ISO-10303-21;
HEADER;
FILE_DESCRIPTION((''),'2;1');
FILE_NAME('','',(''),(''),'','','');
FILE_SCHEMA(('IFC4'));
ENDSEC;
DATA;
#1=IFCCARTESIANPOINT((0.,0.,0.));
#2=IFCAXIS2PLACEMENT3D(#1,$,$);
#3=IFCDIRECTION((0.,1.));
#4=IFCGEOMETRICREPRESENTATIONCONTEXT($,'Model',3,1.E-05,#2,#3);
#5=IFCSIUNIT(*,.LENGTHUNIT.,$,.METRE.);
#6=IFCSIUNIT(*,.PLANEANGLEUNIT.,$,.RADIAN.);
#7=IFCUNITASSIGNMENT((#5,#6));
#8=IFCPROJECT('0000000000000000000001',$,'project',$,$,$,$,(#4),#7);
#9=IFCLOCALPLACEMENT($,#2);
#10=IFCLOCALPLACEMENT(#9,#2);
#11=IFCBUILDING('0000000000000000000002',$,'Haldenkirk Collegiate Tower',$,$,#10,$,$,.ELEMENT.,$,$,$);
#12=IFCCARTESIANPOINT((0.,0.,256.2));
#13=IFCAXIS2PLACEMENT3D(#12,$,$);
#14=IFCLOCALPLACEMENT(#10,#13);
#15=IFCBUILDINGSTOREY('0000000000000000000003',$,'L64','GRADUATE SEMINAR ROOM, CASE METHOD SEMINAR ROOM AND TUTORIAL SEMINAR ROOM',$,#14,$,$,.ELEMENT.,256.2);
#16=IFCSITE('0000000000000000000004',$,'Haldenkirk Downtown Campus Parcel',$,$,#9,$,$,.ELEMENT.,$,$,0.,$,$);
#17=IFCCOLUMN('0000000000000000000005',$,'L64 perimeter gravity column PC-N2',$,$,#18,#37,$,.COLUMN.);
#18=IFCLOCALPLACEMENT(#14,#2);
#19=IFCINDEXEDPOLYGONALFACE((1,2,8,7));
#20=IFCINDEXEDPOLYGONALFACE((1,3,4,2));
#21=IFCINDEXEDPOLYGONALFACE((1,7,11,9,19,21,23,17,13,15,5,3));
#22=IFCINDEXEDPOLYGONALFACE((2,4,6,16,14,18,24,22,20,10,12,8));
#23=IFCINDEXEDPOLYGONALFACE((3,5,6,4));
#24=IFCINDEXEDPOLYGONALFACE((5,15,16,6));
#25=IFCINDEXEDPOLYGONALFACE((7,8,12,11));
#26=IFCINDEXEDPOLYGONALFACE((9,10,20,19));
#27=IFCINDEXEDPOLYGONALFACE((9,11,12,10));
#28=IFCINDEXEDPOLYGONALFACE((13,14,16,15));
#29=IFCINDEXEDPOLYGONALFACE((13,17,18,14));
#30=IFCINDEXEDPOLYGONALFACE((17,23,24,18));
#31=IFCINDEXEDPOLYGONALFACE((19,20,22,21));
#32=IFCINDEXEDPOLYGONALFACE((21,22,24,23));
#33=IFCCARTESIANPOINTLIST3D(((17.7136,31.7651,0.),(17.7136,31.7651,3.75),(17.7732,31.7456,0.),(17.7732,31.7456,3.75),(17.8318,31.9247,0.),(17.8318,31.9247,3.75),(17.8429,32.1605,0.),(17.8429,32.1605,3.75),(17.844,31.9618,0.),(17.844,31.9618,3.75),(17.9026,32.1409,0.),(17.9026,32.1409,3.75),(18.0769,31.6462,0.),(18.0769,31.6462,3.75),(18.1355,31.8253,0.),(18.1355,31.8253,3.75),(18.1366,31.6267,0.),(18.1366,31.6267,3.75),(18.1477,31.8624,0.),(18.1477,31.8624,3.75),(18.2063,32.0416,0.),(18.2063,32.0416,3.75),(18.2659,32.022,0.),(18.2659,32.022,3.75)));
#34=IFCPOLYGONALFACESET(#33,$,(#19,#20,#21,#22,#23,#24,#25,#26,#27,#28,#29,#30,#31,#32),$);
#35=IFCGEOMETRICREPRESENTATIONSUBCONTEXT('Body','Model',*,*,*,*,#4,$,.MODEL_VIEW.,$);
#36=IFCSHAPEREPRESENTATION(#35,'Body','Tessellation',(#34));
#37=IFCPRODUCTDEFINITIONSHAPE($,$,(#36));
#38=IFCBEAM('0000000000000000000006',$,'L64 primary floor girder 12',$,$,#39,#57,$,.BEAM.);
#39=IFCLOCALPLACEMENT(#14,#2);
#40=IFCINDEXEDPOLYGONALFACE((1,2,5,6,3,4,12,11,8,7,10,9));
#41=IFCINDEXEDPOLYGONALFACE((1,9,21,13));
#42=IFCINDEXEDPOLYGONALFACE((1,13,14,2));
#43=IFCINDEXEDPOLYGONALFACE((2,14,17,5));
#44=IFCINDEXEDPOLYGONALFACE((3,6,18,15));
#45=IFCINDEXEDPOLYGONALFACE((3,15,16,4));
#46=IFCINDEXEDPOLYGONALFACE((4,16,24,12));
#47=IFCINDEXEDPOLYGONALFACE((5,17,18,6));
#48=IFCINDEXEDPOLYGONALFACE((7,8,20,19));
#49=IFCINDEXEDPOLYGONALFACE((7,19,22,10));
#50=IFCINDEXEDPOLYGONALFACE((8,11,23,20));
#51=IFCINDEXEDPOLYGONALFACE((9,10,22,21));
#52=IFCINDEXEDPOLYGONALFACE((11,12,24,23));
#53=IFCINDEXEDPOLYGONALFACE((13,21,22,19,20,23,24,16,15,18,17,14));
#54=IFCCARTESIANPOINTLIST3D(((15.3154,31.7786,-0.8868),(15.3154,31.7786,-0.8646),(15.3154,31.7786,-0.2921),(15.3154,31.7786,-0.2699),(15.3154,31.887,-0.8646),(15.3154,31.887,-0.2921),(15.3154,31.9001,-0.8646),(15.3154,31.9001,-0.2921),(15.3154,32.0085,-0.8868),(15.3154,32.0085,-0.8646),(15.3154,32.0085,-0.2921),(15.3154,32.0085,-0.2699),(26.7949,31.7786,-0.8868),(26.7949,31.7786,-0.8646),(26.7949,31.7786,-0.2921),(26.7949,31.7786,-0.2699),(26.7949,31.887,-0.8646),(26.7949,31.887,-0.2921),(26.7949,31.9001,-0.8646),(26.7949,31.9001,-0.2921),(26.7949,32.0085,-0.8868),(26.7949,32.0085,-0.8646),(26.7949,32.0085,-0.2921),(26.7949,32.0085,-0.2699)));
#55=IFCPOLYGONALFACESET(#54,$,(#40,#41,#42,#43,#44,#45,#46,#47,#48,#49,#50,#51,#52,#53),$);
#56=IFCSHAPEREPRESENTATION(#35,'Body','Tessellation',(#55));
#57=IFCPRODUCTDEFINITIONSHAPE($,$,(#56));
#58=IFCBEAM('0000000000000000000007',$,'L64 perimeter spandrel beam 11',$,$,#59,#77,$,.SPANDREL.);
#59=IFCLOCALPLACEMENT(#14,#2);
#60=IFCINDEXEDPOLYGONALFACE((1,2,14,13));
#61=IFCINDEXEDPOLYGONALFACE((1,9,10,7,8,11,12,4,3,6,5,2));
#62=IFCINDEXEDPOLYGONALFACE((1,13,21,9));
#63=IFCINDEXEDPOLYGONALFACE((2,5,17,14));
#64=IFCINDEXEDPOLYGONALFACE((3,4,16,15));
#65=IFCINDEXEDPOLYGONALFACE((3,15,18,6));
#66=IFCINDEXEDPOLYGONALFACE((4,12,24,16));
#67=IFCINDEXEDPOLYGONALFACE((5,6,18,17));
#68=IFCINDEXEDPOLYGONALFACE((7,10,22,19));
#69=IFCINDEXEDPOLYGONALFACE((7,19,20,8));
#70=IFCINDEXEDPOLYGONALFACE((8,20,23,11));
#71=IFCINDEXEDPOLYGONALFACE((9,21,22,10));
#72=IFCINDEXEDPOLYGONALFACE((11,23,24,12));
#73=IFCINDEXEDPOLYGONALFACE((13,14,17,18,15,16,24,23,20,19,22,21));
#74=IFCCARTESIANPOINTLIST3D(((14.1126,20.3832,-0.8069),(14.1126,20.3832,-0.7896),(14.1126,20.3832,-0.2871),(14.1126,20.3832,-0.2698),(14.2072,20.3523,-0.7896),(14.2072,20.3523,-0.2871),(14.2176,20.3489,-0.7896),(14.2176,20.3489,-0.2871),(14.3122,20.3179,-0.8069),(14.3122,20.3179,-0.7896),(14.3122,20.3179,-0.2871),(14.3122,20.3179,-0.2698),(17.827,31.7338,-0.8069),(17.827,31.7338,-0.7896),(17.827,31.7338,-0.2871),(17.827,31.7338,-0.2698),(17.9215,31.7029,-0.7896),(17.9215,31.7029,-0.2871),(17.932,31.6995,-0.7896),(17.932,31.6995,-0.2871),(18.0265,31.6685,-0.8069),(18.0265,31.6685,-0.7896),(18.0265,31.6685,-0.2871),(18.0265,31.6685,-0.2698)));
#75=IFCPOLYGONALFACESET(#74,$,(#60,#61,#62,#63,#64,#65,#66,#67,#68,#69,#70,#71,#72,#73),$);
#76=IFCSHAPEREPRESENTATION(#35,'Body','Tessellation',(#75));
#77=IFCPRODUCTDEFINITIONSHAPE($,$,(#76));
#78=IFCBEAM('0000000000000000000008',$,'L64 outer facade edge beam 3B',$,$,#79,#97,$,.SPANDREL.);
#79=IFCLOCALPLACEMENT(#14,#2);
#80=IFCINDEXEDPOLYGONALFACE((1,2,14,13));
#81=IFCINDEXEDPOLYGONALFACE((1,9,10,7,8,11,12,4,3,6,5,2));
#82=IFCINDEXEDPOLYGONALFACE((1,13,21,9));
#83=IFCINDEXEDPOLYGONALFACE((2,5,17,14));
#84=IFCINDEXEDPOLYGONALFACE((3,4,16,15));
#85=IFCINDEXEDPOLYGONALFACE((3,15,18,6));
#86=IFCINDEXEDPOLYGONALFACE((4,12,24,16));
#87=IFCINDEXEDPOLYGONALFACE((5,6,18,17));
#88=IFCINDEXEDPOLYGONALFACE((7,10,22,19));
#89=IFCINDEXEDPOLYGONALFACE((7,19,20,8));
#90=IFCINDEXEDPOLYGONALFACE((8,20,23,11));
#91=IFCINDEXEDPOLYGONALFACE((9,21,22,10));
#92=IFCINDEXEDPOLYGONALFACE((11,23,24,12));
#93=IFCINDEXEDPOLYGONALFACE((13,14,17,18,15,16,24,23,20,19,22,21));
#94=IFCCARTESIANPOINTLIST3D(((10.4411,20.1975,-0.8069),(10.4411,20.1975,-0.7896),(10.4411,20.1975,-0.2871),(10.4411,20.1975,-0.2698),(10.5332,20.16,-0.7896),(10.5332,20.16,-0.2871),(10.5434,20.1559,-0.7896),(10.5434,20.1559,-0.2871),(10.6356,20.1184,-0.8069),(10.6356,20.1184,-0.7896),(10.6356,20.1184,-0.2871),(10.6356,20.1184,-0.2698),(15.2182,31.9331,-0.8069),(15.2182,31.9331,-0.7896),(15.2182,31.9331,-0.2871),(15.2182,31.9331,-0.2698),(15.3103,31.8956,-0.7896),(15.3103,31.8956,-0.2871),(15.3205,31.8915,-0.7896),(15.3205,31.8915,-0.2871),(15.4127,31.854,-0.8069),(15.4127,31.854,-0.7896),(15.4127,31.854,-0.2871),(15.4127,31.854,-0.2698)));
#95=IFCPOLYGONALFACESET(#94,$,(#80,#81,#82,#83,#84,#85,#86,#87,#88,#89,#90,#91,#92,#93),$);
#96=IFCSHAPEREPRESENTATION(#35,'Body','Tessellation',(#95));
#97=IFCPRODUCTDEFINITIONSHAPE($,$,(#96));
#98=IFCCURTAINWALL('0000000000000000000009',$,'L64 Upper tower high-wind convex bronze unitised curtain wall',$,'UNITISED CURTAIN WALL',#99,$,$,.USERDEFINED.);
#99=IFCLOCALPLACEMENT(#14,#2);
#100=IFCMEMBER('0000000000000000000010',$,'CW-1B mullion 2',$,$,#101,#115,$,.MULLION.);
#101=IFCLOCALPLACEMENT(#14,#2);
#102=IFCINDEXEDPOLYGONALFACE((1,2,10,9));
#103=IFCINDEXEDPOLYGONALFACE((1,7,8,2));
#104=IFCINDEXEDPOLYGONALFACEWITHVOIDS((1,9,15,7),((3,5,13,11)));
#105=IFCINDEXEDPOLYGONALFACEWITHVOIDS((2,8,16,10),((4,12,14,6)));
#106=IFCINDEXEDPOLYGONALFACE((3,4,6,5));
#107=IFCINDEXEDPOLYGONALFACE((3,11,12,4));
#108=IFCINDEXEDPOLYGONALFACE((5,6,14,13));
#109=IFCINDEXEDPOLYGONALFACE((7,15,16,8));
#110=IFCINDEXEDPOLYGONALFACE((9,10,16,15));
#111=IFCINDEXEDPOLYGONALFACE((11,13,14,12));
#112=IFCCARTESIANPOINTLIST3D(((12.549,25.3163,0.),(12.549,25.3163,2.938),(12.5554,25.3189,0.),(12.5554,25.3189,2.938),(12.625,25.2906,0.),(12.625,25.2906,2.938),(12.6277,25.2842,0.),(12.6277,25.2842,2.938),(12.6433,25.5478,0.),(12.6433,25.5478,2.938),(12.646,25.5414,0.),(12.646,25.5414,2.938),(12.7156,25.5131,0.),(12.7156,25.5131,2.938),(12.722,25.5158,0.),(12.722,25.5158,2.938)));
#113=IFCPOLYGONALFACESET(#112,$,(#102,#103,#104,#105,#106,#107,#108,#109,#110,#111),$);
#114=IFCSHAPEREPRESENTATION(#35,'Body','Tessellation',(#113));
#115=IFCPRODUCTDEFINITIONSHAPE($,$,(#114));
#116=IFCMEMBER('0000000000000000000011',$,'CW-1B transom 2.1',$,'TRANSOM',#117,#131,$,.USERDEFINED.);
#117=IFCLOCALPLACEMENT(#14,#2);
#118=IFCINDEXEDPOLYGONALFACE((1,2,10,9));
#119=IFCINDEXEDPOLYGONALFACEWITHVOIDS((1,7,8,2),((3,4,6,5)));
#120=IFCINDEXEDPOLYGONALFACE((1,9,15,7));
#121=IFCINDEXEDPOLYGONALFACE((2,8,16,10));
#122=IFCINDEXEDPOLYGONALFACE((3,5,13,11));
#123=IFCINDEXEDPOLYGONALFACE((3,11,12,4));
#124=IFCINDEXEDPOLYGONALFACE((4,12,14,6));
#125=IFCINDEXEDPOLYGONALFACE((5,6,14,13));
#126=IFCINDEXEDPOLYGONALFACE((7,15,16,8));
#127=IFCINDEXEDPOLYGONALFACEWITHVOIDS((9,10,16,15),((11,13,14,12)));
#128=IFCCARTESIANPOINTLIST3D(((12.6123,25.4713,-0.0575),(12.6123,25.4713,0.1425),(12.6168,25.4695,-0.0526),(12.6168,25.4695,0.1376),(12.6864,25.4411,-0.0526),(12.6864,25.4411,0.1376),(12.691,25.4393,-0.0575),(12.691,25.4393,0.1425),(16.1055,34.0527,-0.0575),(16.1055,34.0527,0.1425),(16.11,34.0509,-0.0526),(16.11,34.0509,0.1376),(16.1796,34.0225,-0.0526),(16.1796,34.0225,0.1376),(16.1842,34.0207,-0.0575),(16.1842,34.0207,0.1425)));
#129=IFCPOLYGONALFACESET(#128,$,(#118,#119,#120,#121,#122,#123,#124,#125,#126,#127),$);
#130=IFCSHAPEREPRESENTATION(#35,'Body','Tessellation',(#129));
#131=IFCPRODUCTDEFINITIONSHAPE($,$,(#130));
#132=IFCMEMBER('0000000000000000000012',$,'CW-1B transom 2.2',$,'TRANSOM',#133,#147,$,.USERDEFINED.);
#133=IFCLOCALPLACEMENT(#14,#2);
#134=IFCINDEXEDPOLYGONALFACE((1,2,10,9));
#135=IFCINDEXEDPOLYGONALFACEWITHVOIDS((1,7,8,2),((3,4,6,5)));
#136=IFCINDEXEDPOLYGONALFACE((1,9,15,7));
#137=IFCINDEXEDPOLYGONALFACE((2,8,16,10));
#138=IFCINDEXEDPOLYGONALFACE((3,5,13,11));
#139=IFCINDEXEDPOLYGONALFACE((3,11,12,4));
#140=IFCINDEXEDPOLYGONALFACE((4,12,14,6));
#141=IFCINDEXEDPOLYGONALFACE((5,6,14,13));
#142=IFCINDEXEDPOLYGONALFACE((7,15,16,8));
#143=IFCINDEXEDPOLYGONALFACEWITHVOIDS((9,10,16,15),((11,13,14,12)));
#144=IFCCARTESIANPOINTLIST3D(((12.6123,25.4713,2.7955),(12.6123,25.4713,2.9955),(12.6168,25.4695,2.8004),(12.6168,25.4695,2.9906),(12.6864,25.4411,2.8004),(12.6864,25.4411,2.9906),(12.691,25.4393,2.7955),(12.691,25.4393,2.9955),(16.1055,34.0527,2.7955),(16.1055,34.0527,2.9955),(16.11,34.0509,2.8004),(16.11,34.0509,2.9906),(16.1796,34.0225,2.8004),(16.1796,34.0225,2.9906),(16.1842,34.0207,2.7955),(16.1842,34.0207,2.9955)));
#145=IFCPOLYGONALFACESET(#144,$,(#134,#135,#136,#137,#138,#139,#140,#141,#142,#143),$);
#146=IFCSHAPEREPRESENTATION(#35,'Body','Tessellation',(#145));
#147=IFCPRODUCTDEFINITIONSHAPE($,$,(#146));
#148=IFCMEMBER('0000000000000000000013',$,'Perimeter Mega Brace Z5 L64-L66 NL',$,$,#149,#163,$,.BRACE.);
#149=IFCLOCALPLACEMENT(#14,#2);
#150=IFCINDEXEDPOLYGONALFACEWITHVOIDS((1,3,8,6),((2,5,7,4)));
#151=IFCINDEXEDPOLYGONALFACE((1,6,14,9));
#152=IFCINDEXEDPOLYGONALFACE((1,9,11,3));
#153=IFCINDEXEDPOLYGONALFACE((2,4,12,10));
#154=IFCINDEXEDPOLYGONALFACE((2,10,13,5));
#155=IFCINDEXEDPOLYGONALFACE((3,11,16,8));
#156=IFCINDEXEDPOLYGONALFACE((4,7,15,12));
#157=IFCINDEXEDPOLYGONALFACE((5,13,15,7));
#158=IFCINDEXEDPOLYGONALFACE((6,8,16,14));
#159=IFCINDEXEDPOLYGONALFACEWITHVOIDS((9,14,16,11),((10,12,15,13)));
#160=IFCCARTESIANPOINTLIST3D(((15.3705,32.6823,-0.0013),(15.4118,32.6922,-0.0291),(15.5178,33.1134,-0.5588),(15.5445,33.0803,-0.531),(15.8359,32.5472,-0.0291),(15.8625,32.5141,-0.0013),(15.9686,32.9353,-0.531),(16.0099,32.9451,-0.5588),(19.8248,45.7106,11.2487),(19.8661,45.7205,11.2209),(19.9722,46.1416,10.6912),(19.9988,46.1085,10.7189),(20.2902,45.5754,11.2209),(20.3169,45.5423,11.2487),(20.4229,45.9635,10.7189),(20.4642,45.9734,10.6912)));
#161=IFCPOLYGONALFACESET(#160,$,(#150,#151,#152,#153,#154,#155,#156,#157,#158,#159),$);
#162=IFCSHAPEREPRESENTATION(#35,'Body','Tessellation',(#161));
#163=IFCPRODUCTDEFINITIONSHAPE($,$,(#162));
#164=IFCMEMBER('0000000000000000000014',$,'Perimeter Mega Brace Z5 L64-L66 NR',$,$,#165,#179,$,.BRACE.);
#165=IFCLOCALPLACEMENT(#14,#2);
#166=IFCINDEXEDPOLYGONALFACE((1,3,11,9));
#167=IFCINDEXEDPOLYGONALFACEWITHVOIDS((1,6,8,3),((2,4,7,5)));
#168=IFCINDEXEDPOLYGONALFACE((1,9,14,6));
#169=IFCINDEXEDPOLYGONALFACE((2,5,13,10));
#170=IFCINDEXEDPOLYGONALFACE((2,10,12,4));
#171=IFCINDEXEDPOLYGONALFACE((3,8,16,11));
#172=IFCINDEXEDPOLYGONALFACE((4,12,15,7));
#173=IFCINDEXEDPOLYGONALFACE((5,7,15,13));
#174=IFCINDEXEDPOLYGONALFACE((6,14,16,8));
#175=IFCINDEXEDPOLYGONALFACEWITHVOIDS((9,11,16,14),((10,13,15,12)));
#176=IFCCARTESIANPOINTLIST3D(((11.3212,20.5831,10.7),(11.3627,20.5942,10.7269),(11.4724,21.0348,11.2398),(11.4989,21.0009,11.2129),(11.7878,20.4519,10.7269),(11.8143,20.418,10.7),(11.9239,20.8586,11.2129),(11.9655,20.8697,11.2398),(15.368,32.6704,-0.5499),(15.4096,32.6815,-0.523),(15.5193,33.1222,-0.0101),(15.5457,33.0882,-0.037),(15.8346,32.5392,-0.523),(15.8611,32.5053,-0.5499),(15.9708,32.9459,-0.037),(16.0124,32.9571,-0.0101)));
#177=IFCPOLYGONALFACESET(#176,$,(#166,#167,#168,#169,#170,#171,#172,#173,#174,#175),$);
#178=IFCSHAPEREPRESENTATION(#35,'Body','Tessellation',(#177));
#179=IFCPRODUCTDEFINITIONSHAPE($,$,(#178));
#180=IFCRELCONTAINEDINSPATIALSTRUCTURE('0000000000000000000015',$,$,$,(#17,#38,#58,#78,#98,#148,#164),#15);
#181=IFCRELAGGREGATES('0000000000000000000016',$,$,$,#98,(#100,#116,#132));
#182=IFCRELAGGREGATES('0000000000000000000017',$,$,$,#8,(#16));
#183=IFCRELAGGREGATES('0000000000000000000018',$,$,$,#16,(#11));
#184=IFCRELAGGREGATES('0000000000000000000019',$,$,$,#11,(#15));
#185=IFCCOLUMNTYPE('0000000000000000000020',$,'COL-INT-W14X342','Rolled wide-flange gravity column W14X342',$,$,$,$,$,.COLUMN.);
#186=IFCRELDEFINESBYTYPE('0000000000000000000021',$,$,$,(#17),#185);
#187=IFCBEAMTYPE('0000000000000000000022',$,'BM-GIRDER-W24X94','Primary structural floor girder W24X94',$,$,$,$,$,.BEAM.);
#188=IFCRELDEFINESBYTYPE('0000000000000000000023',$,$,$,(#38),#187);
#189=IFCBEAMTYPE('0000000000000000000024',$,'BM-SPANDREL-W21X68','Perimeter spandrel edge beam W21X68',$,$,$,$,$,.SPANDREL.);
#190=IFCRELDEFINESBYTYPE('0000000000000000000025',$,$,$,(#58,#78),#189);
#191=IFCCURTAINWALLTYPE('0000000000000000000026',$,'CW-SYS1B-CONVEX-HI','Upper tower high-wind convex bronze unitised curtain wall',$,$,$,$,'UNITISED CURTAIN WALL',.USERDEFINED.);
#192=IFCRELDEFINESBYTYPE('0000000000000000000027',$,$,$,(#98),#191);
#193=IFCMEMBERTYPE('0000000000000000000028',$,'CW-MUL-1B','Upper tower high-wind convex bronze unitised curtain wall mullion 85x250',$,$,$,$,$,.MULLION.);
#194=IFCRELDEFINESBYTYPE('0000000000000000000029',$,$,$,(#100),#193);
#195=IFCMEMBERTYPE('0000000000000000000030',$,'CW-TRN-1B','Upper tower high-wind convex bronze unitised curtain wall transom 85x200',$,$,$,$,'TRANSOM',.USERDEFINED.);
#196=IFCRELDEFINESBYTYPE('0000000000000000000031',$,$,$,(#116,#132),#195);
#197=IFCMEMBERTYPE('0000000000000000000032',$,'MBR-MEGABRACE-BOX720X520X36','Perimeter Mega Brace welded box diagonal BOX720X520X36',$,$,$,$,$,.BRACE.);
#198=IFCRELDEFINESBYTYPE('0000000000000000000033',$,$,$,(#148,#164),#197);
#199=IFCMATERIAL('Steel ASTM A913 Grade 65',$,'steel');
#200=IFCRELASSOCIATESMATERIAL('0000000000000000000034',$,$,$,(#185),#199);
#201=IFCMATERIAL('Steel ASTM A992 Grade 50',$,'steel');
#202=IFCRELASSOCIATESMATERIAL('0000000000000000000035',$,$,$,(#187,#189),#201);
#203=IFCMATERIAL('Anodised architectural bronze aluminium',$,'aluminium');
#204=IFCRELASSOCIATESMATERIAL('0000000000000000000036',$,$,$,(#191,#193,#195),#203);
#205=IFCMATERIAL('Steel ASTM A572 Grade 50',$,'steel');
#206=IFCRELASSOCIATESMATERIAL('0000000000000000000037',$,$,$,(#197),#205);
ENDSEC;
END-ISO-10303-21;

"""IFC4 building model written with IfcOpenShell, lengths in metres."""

from ifc_helpers import new_model, si_unit, direction, frame, origin, origin_2d, place, context, subcontext, project, spatial, hollow_rectangle, i_section, extrude, material, material_profile, profile_set, type_object, element, aggregate, save


model = new_model("IFC4")

# Units and contexts
model_context = context("Model", 3, precision=1e-05, world=origin(), true_north=direction((0.0, 1.0)))
body_context = subcontext(model_context, "Body", "Model", "MODEL_VIEW")
ifc_project = project(units=[si_unit("LENGTHUNIT", "METRE"), si_unit("PLANEANGLEUNIT", "RADIAN")], contexts=[model_context])

# Site, building, storey
site_placement = place(None, origin())
site = spatial("IfcSite", under=ifc_project, at=site_placement, Name="Haldenkirk Downtown Campus Parcel", CompositionType="ELEMENT", RefElevation=0.0)
building_placement = place(site_placement, origin())
building = spatial("IfcBuilding", under=site, at=building_placement, Name="Haldenkirk Collegiate Tower", CompositionType="ELEMENT")
storey_placement = place(building_placement, frame((0.0, 0.0, 256.2)))
storey = spatial("IfcBuildingStorey", under=building, at=storey_placement, Name="L64", Description="GRADUATE SEMINAR ROOM, CASE METHOD SEMINAR ROOM AND TUTORIAL SEMINAR ROOM", CompositionType="ELEMENT", Elevation=256.2)

# Column
ifc_material_1 = material(Name="Steel ASTM A913 Grade 65", Category="steel")
ifc_material_profile_1 = material_profile(ifc_material_1, i_section(OverallWidth=0.416, OverallDepth=0.4451, WebThickness=0.0391, FlangeThickness=0.0627, at=origin_2d()), Name="W14X342")
ifc_profile_set_1 = profile_set([ifc_material_profile_1], Name="Steel ASTM A913 Grade 65")
column_type = type_object("IfcColumnType", Name="COL-INT-W14X342", Description="Rolled wide-flange gravity column W14X342", PredefinedType="COLUMN", material=ifc_profile_set_1)
column_placement = place(storey_placement, frame((17.9897, 31.8936, 0.0), z_axis=(0.0, 0.0, 1.0), x_axis=(0.311008, 0.950407, 0.0)))
element("IfcColumn", 1, at=column_placement, inside=storey, type_object=column_type, Name="L64 perimeter gravity column PC-N2", PredefinedType="COLUMN", context=body_context, shape_type="SweptSolid", body=[
    extrude(i_section(OverallWidth=0.416, OverallDepth=0.4451, WebThickness=0.0391, FlangeThickness=0.0627, at=origin_2d()), origin(), (0.0, 0.0, 1.0), 3.75),
])

# Beams
ifc_material_2 = material(Name="Steel ASTM A992 Grade 50", Category="steel")
ifc_material_profile_2 = material_profile(ifc_material_2, i_section(OverallWidth=0.23, OverallDepth=0.6169, WebThickness=0.0132, FlangeThickness=0.0222, at=origin_2d()), Name="W24X94")
ifc_profile_set_2 = profile_set([ifc_material_profile_2], Name="Steel ASTM A992 Grade 50")
beam_type_1 = type_object("IfcBeamType", Name="BM-GIRDER-W24X94", Description="Primary structural floor girder W24X94", PredefinedType="BEAM", material=ifc_profile_set_2)
beam_1_placement = place(storey_placement, frame((15.3154, 31.8936, -0.5784), z_axis=(1.0, 0.0, 0.0), x_axis=(0.0, 1.0, 0.0)))
element("IfcBeam", 2, at=beam_1_placement, inside=storey, type_object=beam_type_1, Name="L64 primary floor girder 12", PredefinedType="BEAM", context=body_context, shape_type="SweptSolid", body=[
    extrude(i_section(OverallWidth=0.23, OverallDepth=0.6169, WebThickness=0.0132, FlangeThickness=0.0222, at=origin_2d()), origin(), (0.0, 0.0, 1.0), 11.4795),
])
ifc_material_profile_3 = material_profile(ifc_material_2, i_section(OverallWidth=0.21, OverallDepth=0.5371, WebThickness=0.011, FlangeThickness=0.0173, at=origin_2d()), Name="W21X68")
ifc_profile_set_3 = profile_set([ifc_material_profile_3], Name="Steel ASTM A992 Grade 50")
beam_type_2 = type_object("IfcBeamType", Name="BM-SPANDREL-W21X68", Description="Perimeter spandrel edge beam W21X68", PredefinedType="SPANDREL", material=ifc_profile_set_3)
beam_2_placement = place(storey_placement, frame((17.9268, 31.7012, -0.5383), z_axis=(-0.31101, -0.950407, 0.0), x_axis=(0.950407, -0.31101, 0.0)))
element("IfcBeam", 3, at=beam_2_placement, inside=storey, type_object=beam_type_2, Name="L64 perimeter spandrel beam 11", PredefinedType="SPANDREL", context=body_context, shape_type="SweptSolid", body=[
    extrude(i_section(OverallWidth=0.21, OverallDepth=0.5371, WebThickness=0.011, FlangeThickness=0.0173, at=origin_2d()), origin(), (0.0, 0.0, 1.0), 11.9429),
])
beam_3_placement = place(storey_placement, frame((15.3154, 31.8936, -0.5383), z_axis=(-0.377021, -0.926205, 0.0), x_axis=(0.926205, -0.377021, 0.0)))
element("IfcBeam", 4, at=beam_3_placement, inside=storey, type_object=beam_type_2, Name="L64 outer facade edge beam 3B", PredefinedType="SPANDREL", context=body_context, shape_type="SweptSolid", body=[
    extrude(i_section(OverallWidth=0.21, OverallDepth=0.5371, WebThickness=0.011, FlangeThickness=0.0173, at=origin_2d()), origin(), (0.0, 0.0, 1.0), 12.6707),
])

# Curtain wall, members
ifc_material_3 = material(Name="Anodised architectural bronze aluminium", Category="aluminium")
curtain_wall_type = type_object("IfcCurtainWallType", Name="CW-SYS1B-CONVEX-HI", Description="Upper tower high-wind convex bronze unitised curtain wall", ElementType="UNITISED CURTAIN WALL", PredefinedType="USERDEFINED", material=ifc_material_3)
curtain_wall_placement = place(storey_placement, origin())
curtain_wall = element("IfcCurtainWall", 5, at=curtain_wall_placement, inside=storey, type_object=curtain_wall_type, Name="L64 Upper tower high-wind convex bronze unitised curtain wall", ObjectType="UNITISED CURTAIN WALL", PredefinedType="USERDEFINED")
ifc_material_profile_4 = material_profile(ifc_material_3, hollow_rectangle(XDim=0.085, YDim=0.25, WallThickness=0.0049, at=origin_2d()), Name="CW-MUL-1B")
ifc_profile_set_4 = profile_set([ifc_material_profile_4], Name="Anodised architectural bronze aluminium")
member_type_1 = type_object("IfcMemberType", Name="CW-MUL-1B", Description="Upper tower high-wind convex bronze unitised curtain wall mullion 85x250", PredefinedType="MULLION", material=ifc_profile_set_4)
member_1_placement = place(storey_placement, frame((12.6355, 25.416, 0.0), z_axis=(0.0, 0.0, 1.0), x_axis=(-0.926199, 0.377035, 0.0)))
member_1 = element("IfcMember", 6, at=member_1_placement, type_object=member_type_1, Name="CW-1B mullion 2", PredefinedType="MULLION", context=body_context, shape_type="SweptSolid", body=[
    extrude(hollow_rectangle(XDim=0.085, YDim=0.25, WallThickness=0.0049, at=origin_2d()), origin(), (0.0, 0.0, 1.0), 2.938),
])
ifc_material_profile_5 = material_profile(ifc_material_3, hollow_rectangle(XDim=0.085, YDim=0.2, WallThickness=0.0049, at=origin_2d()), Name="CW-TRN-1B")
ifc_profile_set_5 = profile_set([ifc_material_profile_5], Name="Anodised architectural bronze aluminium")
member_type_2 = type_object("IfcMemberType", Name="CW-TRN-1B", Description="Upper tower high-wind convex bronze unitised curtain wall transom 85x200", ElementType="TRANSOM", PredefinedType="USERDEFINED", material=ifc_profile_set_5)
member_2_placement = place(storey_placement, frame((12.6516, 25.4553, 0.0425), z_axis=(0.377027, 0.926202, 0.0), x_axis=(-0.926202, 0.377027, 0.0)))
member_2 = element("IfcMember", 7, at=member_2_placement, type_object=member_type_2, Name="CW-1B transom 2.1", ObjectType="TRANSOM", PredefinedType="USERDEFINED", context=body_context, shape_type="SweptSolid", body=[
    extrude(hollow_rectangle(XDim=0.085, YDim=0.2, WallThickness=0.0049, at=origin_2d()), origin(), (0.0, 0.0, 1.0), 9.2651),
])
member_3_placement = place(storey_placement, frame((12.6516, 25.4553, 2.8955), z_axis=(0.377027, 0.926202, 0.0), x_axis=(-0.926202, 0.377027, 0.0)))
member_3 = element("IfcMember", 8, at=member_3_placement, type_object=member_type_2, Name="CW-1B transom 2.2", ObjectType="TRANSOM", PredefinedType="USERDEFINED", context=body_context, shape_type="SweptSolid", body=[
    extrude(hollow_rectangle(XDim=0.085, YDim=0.2, WallThickness=0.0049, at=origin_2d()), origin(), (0.0, 0.0, 1.0), 9.2651),
])

# Members
ifc_material_4 = material(Name="Steel ASTM A572 Grade 50", Category="steel")
ifc_material_profile_6 = material_profile(ifc_material_4, hollow_rectangle(XDim=0.52, YDim=0.72, WallThickness=0.0359, at=origin_2d()), Name="BOX720X520X36")
ifc_profile_set_6 = profile_set([ifc_material_profile_6], Name="Steel ASTM A572 Grade 50")
member_type_3 = type_object("IfcMemberType", Name="MBR-MEGABRACE-BOX720X520X36", Description="Perimeter Mega Brace welded box diagonal BOX720X520X36", PredefinedType="BRACE", material=ifc_profile_set_6)
member_4_placement = place(storey_placement, frame((15.6902, 32.8137, -0.28), z_axis=(0.250521, 0.732737, 0.632721), x_axis=(-0.946224, 0.323511, 0.0)))
element("IfcMember", 9, at=member_4_placement, inside=storey, type_object=member_type_3, Name="Perimeter Mega Brace Z5 L64-L66 NL", PredefinedType="BRACE", context=body_context, shape_type="SweptSolid", body=[
    extrude(hollow_rectangle(XDim=0.52, YDim=0.72, WallThickness=0.0359, at=origin_2d()), origin(), (0.0, 0.0, 1.0), 17.7803),
])
member_5_placement = place(storey_placement, frame((15.6902, 32.8137, -0.28), z_axis=(-0.238033, -0.710968, 0.661713), x_axis=(0.948265, -0.31748, 0.0)))
element("IfcMember", 10, at=member_5_placement, inside=storey, type_object=member_type_3, Name="Perimeter Mega Brace Z5 L64-L66 NR", PredefinedType="BRACE", context=body_context, shape_type="SweptSolid", body=[
    extrude(hollow_rectangle(XDim=0.52, YDim=0.72, WallThickness=0.0359, at=origin_2d()), origin(), (0.0, 0.0, 1.0), 17.0012),
])

aggregate(curtain_wall, [member_1, member_2, member_3])

save(model, "model.ifc")
